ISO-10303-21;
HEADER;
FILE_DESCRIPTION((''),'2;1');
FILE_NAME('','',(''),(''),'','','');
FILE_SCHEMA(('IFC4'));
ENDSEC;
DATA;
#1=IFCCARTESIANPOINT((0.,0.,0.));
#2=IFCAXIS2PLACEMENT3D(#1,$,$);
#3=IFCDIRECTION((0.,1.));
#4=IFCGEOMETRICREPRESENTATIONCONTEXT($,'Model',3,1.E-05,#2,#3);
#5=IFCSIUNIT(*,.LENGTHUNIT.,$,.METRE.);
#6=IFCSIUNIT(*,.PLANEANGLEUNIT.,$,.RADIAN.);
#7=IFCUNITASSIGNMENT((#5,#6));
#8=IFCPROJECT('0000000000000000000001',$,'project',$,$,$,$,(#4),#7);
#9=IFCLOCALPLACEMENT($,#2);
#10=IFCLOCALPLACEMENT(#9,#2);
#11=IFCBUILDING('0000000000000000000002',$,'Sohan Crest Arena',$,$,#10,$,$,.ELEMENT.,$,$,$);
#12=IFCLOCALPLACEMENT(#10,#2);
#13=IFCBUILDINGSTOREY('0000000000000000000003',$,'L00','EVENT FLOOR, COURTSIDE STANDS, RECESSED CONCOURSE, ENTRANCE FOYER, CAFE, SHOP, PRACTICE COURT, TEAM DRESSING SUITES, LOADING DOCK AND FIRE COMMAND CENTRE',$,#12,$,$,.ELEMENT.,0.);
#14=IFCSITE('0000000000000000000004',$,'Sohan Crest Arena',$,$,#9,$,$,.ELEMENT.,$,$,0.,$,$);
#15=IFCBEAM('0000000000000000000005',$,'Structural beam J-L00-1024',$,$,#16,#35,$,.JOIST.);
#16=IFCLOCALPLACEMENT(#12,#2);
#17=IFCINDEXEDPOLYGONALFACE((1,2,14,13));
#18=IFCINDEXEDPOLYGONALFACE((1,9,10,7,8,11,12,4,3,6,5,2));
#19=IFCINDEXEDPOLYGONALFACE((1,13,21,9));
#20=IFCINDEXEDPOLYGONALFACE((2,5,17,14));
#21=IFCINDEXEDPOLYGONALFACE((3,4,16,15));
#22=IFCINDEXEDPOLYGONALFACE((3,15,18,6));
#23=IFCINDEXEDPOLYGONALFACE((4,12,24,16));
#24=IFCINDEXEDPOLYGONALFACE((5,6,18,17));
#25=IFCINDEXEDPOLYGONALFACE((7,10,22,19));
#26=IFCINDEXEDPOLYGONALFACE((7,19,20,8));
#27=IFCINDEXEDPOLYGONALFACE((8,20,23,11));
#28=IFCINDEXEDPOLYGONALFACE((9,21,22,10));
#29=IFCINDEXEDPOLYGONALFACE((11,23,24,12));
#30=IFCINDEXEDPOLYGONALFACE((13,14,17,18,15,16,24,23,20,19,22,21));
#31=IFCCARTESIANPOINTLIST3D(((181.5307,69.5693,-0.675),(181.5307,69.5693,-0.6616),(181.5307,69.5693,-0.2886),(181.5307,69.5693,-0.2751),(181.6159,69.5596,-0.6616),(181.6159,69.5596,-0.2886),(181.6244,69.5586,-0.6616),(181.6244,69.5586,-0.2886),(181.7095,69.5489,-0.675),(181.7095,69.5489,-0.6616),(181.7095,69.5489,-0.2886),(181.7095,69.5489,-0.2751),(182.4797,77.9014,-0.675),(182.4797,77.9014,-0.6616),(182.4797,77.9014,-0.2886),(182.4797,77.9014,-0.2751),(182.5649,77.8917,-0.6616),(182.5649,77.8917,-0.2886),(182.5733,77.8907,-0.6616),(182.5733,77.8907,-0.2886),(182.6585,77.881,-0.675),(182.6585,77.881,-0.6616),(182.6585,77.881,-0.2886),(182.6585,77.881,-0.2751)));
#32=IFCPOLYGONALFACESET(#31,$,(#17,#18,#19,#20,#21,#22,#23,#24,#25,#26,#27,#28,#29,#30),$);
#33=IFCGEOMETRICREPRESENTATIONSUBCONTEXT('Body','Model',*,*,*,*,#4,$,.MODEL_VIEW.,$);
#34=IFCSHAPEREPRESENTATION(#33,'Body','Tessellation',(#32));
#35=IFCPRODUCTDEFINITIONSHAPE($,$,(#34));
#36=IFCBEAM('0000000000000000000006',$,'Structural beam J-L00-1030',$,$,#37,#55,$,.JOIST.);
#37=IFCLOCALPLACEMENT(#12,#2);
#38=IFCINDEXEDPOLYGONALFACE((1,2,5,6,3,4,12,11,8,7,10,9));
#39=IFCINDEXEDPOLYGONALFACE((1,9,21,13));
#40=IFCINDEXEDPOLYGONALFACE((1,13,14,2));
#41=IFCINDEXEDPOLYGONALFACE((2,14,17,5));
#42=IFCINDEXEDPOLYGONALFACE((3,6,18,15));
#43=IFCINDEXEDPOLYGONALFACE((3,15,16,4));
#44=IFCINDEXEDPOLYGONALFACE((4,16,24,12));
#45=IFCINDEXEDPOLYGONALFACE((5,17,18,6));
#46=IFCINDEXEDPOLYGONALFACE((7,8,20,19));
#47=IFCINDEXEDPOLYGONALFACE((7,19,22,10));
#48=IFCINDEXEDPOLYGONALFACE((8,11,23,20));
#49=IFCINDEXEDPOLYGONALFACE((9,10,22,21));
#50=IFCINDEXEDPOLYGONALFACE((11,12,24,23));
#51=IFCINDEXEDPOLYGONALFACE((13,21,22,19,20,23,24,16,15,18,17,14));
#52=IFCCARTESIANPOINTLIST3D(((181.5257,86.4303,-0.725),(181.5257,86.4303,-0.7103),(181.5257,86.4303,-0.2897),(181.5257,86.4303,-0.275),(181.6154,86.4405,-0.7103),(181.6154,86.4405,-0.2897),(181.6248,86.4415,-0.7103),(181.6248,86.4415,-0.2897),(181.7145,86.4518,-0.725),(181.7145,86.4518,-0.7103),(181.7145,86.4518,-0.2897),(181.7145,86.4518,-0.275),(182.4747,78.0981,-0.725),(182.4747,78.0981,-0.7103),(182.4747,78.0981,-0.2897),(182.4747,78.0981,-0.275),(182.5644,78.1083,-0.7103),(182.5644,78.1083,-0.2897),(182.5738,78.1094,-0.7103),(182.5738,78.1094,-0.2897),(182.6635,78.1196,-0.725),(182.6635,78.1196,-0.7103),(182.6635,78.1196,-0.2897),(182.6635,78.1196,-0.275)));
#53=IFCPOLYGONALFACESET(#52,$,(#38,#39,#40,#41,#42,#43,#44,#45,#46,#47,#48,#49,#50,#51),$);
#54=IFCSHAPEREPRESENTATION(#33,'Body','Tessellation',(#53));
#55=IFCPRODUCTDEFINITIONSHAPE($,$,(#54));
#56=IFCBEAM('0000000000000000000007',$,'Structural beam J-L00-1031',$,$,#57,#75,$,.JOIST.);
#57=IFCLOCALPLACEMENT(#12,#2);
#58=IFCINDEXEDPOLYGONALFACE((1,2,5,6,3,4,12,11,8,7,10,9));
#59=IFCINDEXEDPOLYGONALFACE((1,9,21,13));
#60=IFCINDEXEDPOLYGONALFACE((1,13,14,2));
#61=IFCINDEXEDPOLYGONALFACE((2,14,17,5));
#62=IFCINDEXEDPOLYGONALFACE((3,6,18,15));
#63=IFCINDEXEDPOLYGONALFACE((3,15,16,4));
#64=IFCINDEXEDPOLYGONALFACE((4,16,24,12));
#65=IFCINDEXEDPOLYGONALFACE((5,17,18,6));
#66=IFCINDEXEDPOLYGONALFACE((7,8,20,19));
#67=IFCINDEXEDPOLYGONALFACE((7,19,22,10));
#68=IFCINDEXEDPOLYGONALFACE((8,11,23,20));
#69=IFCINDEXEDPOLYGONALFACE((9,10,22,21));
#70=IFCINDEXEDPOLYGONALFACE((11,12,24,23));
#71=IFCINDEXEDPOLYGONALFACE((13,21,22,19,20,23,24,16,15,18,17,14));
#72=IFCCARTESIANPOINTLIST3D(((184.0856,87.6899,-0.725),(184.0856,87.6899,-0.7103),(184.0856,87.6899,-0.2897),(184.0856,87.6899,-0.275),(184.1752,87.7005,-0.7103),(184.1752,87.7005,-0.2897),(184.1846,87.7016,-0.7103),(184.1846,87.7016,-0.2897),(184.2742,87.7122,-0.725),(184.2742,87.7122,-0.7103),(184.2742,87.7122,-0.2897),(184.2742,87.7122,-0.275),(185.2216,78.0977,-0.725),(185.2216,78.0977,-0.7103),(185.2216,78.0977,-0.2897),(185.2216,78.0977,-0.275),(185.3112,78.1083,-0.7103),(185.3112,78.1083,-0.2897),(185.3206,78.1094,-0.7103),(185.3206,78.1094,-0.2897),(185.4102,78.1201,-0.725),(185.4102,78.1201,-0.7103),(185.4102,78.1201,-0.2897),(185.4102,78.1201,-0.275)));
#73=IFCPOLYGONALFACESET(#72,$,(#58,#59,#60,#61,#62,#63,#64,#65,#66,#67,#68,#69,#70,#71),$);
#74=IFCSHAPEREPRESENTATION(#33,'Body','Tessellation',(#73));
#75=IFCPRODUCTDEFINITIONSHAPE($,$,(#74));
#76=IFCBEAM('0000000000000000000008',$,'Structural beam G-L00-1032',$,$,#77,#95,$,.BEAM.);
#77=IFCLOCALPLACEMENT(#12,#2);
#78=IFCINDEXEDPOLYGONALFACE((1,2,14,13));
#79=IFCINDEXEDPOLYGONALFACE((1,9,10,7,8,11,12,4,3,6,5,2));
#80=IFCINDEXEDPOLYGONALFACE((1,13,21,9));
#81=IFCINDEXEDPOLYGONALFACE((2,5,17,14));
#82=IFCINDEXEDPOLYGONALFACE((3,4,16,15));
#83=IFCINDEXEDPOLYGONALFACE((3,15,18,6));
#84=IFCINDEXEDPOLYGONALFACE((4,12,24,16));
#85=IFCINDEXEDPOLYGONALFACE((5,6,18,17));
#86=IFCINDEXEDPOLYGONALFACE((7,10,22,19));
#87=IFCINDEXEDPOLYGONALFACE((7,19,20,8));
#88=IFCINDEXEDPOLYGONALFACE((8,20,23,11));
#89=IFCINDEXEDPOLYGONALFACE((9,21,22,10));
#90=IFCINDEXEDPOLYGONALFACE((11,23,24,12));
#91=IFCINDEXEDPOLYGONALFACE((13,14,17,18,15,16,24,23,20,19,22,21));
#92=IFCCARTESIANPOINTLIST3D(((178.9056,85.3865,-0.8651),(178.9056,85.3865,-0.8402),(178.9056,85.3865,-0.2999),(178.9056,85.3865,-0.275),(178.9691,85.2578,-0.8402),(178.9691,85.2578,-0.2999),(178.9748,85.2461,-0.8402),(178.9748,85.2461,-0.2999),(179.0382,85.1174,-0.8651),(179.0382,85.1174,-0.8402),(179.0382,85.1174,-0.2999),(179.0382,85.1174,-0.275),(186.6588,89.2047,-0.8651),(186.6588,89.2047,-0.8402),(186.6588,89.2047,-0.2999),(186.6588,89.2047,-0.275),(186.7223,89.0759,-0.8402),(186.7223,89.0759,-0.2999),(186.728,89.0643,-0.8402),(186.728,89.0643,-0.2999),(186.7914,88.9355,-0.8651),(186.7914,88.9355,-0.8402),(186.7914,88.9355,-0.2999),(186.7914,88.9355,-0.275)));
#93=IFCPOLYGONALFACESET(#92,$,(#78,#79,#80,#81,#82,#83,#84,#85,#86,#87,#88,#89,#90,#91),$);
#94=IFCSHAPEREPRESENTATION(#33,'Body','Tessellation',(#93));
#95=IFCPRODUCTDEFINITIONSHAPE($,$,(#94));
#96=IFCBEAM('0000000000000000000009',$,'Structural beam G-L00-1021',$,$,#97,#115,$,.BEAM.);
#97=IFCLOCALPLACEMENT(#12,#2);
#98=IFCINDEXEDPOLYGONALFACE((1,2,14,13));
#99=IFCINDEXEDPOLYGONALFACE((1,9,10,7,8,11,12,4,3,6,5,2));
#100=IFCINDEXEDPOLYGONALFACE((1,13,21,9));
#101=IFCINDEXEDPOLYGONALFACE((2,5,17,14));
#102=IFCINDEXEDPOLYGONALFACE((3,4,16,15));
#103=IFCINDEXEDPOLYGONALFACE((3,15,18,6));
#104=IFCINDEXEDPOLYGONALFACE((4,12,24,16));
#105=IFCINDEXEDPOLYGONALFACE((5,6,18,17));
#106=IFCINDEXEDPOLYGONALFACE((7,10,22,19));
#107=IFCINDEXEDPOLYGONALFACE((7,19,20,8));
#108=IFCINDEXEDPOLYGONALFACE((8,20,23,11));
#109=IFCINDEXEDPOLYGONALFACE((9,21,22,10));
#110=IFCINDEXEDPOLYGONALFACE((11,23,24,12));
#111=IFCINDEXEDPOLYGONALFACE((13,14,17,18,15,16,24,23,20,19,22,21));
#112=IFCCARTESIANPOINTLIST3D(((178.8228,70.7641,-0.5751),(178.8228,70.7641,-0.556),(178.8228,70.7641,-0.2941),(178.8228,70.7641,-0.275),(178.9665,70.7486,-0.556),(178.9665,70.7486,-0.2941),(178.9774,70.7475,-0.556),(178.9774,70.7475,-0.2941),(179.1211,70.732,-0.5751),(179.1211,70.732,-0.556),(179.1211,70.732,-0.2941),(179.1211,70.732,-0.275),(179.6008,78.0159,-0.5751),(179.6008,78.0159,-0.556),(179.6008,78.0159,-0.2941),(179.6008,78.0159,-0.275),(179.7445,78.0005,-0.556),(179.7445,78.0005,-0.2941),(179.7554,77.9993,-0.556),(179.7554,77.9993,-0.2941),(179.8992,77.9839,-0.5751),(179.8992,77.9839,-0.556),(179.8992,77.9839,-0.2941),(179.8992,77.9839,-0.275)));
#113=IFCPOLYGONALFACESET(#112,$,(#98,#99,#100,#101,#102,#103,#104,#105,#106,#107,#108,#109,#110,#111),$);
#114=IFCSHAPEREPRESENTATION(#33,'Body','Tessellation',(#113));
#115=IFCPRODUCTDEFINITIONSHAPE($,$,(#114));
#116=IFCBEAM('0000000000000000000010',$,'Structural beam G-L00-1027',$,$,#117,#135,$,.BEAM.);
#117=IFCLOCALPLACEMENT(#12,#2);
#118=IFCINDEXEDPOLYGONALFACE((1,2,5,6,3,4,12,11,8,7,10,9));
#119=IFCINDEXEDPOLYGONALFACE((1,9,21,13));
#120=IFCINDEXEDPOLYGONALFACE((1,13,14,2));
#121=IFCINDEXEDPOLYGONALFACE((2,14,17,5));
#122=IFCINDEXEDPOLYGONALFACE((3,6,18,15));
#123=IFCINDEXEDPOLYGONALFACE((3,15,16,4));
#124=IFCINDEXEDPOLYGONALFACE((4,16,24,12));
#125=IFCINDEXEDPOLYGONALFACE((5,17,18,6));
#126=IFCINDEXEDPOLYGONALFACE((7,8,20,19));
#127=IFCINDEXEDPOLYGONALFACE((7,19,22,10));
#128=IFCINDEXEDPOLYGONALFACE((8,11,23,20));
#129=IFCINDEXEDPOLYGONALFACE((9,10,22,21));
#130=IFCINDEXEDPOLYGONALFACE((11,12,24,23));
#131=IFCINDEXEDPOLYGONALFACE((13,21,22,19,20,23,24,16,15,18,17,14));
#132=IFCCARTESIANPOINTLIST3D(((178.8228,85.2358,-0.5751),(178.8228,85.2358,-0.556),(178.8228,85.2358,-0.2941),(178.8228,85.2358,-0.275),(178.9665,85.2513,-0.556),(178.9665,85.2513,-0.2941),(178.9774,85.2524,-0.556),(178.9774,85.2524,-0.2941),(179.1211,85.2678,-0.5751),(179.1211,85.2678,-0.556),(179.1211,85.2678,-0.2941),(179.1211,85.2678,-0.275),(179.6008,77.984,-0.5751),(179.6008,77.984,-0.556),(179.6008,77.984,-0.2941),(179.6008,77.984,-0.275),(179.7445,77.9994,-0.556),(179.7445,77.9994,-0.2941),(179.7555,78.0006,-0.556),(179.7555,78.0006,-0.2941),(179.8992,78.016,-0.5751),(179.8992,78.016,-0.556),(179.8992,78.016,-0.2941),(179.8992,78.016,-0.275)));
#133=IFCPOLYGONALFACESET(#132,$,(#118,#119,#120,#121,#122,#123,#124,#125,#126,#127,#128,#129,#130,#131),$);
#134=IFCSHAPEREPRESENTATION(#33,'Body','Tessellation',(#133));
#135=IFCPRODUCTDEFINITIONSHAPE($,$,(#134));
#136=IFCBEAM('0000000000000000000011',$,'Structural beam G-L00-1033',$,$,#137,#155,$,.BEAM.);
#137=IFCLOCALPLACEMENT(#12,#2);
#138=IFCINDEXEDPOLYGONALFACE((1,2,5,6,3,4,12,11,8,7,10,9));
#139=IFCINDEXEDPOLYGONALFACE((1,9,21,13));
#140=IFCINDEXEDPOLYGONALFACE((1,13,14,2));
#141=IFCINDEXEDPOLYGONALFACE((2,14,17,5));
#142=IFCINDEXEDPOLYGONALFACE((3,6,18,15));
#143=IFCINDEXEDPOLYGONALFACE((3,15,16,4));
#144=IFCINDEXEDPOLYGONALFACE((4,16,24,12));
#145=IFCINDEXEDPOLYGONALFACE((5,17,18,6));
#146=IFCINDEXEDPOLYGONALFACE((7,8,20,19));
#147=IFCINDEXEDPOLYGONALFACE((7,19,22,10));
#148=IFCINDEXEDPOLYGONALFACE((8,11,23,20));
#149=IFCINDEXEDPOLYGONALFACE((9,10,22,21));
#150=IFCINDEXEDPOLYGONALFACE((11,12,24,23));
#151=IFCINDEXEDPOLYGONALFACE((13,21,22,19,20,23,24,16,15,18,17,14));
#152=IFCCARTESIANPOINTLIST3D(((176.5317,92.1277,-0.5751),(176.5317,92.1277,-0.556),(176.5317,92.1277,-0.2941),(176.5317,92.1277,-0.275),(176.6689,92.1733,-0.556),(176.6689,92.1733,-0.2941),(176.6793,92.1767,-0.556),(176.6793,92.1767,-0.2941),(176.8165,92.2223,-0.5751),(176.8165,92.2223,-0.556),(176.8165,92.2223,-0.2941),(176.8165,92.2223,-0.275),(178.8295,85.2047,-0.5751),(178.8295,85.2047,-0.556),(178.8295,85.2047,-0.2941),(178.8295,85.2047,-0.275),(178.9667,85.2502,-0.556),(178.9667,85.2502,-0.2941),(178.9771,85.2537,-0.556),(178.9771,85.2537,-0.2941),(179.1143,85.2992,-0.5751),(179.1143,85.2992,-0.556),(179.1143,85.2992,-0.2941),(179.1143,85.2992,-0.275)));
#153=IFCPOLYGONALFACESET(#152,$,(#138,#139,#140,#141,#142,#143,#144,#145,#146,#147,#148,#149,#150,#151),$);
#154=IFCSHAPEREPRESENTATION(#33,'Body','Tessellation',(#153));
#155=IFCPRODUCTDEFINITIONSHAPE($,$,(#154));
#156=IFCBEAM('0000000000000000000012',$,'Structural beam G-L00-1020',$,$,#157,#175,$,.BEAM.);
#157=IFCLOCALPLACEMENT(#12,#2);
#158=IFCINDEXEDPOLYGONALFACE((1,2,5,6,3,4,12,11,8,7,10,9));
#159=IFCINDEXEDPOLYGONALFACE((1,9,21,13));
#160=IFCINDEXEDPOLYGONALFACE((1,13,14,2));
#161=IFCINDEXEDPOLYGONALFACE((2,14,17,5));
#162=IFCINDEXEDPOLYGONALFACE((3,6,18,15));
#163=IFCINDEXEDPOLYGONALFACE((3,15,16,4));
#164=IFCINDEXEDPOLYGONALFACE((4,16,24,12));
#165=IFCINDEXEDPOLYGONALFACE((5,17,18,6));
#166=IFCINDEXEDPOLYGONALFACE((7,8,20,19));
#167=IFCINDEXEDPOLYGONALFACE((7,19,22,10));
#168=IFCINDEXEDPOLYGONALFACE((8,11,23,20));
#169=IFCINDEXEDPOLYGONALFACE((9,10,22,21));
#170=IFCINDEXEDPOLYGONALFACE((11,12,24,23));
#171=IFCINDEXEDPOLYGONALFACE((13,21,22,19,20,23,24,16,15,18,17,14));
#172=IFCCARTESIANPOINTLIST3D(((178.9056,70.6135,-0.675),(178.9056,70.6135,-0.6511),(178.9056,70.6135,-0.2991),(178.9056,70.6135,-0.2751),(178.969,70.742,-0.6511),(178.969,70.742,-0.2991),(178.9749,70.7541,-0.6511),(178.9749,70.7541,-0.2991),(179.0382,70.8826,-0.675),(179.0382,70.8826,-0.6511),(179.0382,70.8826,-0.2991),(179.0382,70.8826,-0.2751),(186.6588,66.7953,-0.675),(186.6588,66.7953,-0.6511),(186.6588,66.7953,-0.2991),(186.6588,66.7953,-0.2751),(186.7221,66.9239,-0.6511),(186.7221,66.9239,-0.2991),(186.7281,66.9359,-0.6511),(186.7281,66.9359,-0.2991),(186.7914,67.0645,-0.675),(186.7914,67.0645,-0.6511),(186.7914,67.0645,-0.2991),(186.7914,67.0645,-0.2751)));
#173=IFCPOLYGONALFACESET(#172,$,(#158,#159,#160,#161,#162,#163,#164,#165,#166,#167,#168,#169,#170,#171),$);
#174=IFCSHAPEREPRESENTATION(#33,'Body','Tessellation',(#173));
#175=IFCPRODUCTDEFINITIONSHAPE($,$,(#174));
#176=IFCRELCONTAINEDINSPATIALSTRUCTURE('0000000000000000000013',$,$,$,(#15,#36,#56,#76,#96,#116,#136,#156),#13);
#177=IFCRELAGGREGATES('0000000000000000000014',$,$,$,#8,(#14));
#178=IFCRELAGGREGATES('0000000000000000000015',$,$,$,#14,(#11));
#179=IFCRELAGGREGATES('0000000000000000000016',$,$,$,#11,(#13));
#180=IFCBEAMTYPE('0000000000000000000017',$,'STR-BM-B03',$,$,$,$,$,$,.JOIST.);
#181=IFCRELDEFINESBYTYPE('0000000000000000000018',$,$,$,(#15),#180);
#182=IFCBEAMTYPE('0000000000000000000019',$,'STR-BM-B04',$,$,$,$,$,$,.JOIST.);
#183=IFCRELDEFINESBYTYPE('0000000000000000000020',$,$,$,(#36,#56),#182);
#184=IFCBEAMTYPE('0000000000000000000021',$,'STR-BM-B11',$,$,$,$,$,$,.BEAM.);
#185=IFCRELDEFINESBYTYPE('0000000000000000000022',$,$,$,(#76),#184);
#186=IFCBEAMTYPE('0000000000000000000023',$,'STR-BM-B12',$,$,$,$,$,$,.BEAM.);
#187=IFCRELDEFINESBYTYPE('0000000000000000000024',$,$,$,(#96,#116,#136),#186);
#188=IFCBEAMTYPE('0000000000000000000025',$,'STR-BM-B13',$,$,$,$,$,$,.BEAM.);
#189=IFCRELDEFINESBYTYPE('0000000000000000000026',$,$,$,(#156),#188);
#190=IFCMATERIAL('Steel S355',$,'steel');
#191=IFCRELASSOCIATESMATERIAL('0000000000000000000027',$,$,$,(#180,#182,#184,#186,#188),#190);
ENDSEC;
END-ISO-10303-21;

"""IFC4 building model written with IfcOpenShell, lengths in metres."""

from ifc_helpers import new_model, si_unit, direction, frame, origin, origin_2d, place, context, subcontext, project, spatial, i_section, extrude, material, material_profile, profile_set, type_object, element, save


model = new_model("IFC4")

# Units and contexts
model_context = context("Model", 3, precision=1e-05, world=origin(), true_north=direction((0.0, 1.0)))
body_context = subcontext(model_context, "Body", "Model", "MODEL_VIEW")
ifc_project = project(units=[si_unit("LENGTHUNIT", "METRE"), si_unit("PLANEANGLEUNIT", "RADIAN")], contexts=[model_context])

# Site, building, storey
site_placement = place(None, origin())
site = spatial("IfcSite", under=ifc_project, at=site_placement, Name="Sohan Crest Arena", CompositionType="ELEMENT", RefElevation=0.0)
building_placement = place(site_placement, origin())
building = spatial("IfcBuilding", under=site, at=building_placement, Name="Sohan Crest Arena", CompositionType="ELEMENT")
storey_placement = place(building_placement, origin())
storey = spatial("IfcBuildingStorey", under=building, at=storey_placement, Name="L00", Description="EVENT FLOOR, COURTSIDE STANDS, RECESSED CONCOURSE, ENTRANCE FOYER, CAFE, SHOP, PRACTICE COURT, TEAM DRESSING SUITES, LOADING DOCK AND FIRE COMMAND CENTRE", CompositionType="ELEMENT", Elevation=0.0)

# Shared definitions
ifc_material_1 = material(Name="Steel S355", Category="steel")

# Beams
ifc_material_profile_1 = material_profile(ifc_material_1, i_section(OverallWidth=0.1799, OverallDepth=0.3999, WebThickness=0.0085, FlangeThickness=0.0134, at=origin_2d()), Name="IPE 400")
ifc_profile_set_1 = profile_set([ifc_material_profile_1], Name="Steel S355")
beam_type_1 = type_object("IfcBeamType", Name="STR-BM-B03", PredefinedType="JOIST", material=ifc_profile_set_1)
beam_1_placement = place(storey_placement, frame((181.6201, 69.5591, -0.4751), z_axis=(0.113163, 0.993576, 0.0), x_axis=(-0.993576, 0.113163, 0.0)))
element("IfcBeam", 1, at=beam_1_placement, inside=storey, type_object=beam_type_1, Name="Structural beam J-L00-1024", PredefinedType="JOIST", context=body_context, shape_type="SweptSolid", body=[
    extrude(i_section(OverallWidth=0.1799, OverallDepth=0.3999, WebThickness=0.0085, FlangeThickness=0.0134, at=origin_2d()), origin(), (0.0, 0.0, 1.0), 8.386),
])
ifc_material_profile_2 = material_profile(ifc_material_1, i_section(OverallWidth=0.1899, OverallDepth=0.45, WebThickness=0.0095, FlangeThickness=0.0146, at=origin_2d()), Name="IPE 450")
ifc_profile_set_2 = profile_set([ifc_material_profile_2], Name="Steel S355")
beam_type_2 = type_object("IfcBeamType", Name="STR-BM-B04", PredefinedType="JOIST", material=ifc_profile_set_2)
beam_2_placement = place(storey_placement, frame((182.5691, 78.1089, -0.5), z_axis=(-0.113163, 0.993576, 0.0), x_axis=(-0.993576, -0.113163, 0.0)))
element("IfcBeam", 2, at=beam_2_placement, inside=storey, type_object=beam_type_2, Name="Structural beam J-L00-1030", PredefinedType="JOIST", context=body_context, shape_type="SweptSolid", body=[
    extrude(i_section(OverallWidth=0.1899, OverallDepth=0.45, WebThickness=0.0095, FlangeThickness=0.0146, at=origin_2d()), origin(), (0.0, 0.0, 1.0), 8.386),
])
beam_3_placement = place(storey_placement, frame((185.3159, 78.1089, -0.5), z_axis=(-0.117608, 0.99306, 0.0), x_axis=(-0.99306, -0.117608, 0.0)))
element("IfcBeam", 3, at=beam_3_placement, inside=storey, type_object=beam_type_2, Name="Structural beam J-L00-1031", PredefinedType="JOIST", context=body_context, shape_type="SweptSolid", body=[
    extrude(i_section(OverallWidth=0.1899, OverallDepth=0.45, WebThickness=0.0095, FlangeThickness=0.0146, at=origin_2d()), origin(), (0.0, 0.0, 1.0), 9.6592),
])
ifc_material_profile_3 = material_profile(ifc_material_1, i_section(OverallWidth=0.3, OverallDepth=0.5901, WebThickness=0.0129, FlangeThickness=0.0249, at=origin_2d()), Name="HEA 600")
ifc_profile_set_3 = profile_set([ifc_material_profile_3], Name="Steel S355")
beam_type_3 = type_object("IfcBeamType", Name="STR-BM-B11", PredefinedType="BEAM", material=ifc_profile_set_3)
beam_4_placement = place(storey_placement, frame((178.9719, 85.252, -0.5701), z_axis=(0.897117, 0.441793, 0.0), x_axis=(-0.441793, 0.897117, 0.0)))
element("IfcBeam", 4, at=beam_4_placement, inside=storey, type_object=beam_type_3, Name="Structural beam G-L00-1032", PredefinedType="BEAM", context=body_context, shape_type="SweptSolid", body=[
    extrude(i_section(OverallWidth=0.3, OverallDepth=0.5901, WebThickness=0.0129, FlangeThickness=0.0249, at=origin_2d()), origin(), (0.0, 0.0, 1.0), 8.6423),
])
ifc_material_profile_4 = material_profile(ifc_material_1, i_section(OverallWidth=0.3, OverallDepth=0.3, WebThickness=0.011, FlangeThickness=0.019, at=origin_2d()), Name="HEB 300")
ifc_profile_set_4 = profile_set([ifc_material_profile_4], Name="Steel S355")
beam_type_4 = type_object("IfcBeamType", Name="STR-BM-B12", PredefinedType="BEAM", material=ifc_profile_set_4)
for number, where, z_axis, x_axis, name in (
    (5, (178.9719, 70.748, -0.425), (0.10668, 0.994293, 0.0), (-0.994293, 0.10668, 0.0), "Structural beam G-L00-1021"),
    (6, (179.75, 78.0, -0.425), (-0.10668, 0.994293, 0.0), (-0.994293, -0.10668, 0.0), "Structural beam G-L00-1027"),
):
    element("IfcBeam", number, at=place(storey_placement, frame(where, z_axis=z_axis, x_axis=x_axis)), inside=storey, type_object=beam_type_4, Name=name, PredefinedType="BEAM", context=body_context, shape_type="SweptSolid", body=[
        extrude(i_section(OverallWidth=0.3, OverallDepth=0.3, WebThickness=0.011, FlangeThickness=0.019, at=origin_2d()), origin(), (0.0, 0.0, 1.0), 7.2935),
    ])
beam_5_placement = place(storey_placement, frame((178.9719, 85.252, -0.425), z_axis=(-0.315013, 0.949087, 0.0), x_axis=(-0.949087, -0.315013, 0.0)))
element("IfcBeam", 7, at=beam_5_placement, inside=storey, type_object=beam_type_4, Name="Structural beam G-L00-1033", PredefinedType="BEAM", context=body_context, shape_type="SweptSolid", body=[
    extrude(i_section(OverallWidth=0.3, OverallDepth=0.3, WebThickness=0.011, FlangeThickness=0.019, at=origin_2d()), origin(), (0.0, 0.0, 1.0), 7.2944),
])
ifc_material_profile_5 = material_profile(ifc_material_1, i_section(OverallWidth=0.3, OverallDepth=0.3999, WebThickness=0.0134, FlangeThickness=0.0239, at=origin_2d()), Name="HEB 400")
ifc_profile_set_5 = profile_set([ifc_material_profile_5], Name="Steel S355")
beam_type_5 = type_object("IfcBeamType", Name="STR-BM-B13", PredefinedType="BEAM", material=ifc_profile_set_5)
beam_6_placement = place(storey_placement, frame((178.9719, 70.748, -0.4751), z_axis=(0.897117, -0.441793, 0.0), x_axis=(0.441793, 0.897117, 0.0)))
element("IfcBeam", 8, at=beam_6_placement, inside=storey, type_object=beam_type_5, Name="Structural beam G-L00-1020", PredefinedType="BEAM", context=body_context, shape_type="SweptSolid", body=[
    extrude(i_section(OverallWidth=0.3, OverallDepth=0.3999, WebThickness=0.0134, FlangeThickness=0.0239, at=origin_2d()), origin(), (0.0, 0.0, 1.0), 8.6423),
])

save(model, "model.ifc")
